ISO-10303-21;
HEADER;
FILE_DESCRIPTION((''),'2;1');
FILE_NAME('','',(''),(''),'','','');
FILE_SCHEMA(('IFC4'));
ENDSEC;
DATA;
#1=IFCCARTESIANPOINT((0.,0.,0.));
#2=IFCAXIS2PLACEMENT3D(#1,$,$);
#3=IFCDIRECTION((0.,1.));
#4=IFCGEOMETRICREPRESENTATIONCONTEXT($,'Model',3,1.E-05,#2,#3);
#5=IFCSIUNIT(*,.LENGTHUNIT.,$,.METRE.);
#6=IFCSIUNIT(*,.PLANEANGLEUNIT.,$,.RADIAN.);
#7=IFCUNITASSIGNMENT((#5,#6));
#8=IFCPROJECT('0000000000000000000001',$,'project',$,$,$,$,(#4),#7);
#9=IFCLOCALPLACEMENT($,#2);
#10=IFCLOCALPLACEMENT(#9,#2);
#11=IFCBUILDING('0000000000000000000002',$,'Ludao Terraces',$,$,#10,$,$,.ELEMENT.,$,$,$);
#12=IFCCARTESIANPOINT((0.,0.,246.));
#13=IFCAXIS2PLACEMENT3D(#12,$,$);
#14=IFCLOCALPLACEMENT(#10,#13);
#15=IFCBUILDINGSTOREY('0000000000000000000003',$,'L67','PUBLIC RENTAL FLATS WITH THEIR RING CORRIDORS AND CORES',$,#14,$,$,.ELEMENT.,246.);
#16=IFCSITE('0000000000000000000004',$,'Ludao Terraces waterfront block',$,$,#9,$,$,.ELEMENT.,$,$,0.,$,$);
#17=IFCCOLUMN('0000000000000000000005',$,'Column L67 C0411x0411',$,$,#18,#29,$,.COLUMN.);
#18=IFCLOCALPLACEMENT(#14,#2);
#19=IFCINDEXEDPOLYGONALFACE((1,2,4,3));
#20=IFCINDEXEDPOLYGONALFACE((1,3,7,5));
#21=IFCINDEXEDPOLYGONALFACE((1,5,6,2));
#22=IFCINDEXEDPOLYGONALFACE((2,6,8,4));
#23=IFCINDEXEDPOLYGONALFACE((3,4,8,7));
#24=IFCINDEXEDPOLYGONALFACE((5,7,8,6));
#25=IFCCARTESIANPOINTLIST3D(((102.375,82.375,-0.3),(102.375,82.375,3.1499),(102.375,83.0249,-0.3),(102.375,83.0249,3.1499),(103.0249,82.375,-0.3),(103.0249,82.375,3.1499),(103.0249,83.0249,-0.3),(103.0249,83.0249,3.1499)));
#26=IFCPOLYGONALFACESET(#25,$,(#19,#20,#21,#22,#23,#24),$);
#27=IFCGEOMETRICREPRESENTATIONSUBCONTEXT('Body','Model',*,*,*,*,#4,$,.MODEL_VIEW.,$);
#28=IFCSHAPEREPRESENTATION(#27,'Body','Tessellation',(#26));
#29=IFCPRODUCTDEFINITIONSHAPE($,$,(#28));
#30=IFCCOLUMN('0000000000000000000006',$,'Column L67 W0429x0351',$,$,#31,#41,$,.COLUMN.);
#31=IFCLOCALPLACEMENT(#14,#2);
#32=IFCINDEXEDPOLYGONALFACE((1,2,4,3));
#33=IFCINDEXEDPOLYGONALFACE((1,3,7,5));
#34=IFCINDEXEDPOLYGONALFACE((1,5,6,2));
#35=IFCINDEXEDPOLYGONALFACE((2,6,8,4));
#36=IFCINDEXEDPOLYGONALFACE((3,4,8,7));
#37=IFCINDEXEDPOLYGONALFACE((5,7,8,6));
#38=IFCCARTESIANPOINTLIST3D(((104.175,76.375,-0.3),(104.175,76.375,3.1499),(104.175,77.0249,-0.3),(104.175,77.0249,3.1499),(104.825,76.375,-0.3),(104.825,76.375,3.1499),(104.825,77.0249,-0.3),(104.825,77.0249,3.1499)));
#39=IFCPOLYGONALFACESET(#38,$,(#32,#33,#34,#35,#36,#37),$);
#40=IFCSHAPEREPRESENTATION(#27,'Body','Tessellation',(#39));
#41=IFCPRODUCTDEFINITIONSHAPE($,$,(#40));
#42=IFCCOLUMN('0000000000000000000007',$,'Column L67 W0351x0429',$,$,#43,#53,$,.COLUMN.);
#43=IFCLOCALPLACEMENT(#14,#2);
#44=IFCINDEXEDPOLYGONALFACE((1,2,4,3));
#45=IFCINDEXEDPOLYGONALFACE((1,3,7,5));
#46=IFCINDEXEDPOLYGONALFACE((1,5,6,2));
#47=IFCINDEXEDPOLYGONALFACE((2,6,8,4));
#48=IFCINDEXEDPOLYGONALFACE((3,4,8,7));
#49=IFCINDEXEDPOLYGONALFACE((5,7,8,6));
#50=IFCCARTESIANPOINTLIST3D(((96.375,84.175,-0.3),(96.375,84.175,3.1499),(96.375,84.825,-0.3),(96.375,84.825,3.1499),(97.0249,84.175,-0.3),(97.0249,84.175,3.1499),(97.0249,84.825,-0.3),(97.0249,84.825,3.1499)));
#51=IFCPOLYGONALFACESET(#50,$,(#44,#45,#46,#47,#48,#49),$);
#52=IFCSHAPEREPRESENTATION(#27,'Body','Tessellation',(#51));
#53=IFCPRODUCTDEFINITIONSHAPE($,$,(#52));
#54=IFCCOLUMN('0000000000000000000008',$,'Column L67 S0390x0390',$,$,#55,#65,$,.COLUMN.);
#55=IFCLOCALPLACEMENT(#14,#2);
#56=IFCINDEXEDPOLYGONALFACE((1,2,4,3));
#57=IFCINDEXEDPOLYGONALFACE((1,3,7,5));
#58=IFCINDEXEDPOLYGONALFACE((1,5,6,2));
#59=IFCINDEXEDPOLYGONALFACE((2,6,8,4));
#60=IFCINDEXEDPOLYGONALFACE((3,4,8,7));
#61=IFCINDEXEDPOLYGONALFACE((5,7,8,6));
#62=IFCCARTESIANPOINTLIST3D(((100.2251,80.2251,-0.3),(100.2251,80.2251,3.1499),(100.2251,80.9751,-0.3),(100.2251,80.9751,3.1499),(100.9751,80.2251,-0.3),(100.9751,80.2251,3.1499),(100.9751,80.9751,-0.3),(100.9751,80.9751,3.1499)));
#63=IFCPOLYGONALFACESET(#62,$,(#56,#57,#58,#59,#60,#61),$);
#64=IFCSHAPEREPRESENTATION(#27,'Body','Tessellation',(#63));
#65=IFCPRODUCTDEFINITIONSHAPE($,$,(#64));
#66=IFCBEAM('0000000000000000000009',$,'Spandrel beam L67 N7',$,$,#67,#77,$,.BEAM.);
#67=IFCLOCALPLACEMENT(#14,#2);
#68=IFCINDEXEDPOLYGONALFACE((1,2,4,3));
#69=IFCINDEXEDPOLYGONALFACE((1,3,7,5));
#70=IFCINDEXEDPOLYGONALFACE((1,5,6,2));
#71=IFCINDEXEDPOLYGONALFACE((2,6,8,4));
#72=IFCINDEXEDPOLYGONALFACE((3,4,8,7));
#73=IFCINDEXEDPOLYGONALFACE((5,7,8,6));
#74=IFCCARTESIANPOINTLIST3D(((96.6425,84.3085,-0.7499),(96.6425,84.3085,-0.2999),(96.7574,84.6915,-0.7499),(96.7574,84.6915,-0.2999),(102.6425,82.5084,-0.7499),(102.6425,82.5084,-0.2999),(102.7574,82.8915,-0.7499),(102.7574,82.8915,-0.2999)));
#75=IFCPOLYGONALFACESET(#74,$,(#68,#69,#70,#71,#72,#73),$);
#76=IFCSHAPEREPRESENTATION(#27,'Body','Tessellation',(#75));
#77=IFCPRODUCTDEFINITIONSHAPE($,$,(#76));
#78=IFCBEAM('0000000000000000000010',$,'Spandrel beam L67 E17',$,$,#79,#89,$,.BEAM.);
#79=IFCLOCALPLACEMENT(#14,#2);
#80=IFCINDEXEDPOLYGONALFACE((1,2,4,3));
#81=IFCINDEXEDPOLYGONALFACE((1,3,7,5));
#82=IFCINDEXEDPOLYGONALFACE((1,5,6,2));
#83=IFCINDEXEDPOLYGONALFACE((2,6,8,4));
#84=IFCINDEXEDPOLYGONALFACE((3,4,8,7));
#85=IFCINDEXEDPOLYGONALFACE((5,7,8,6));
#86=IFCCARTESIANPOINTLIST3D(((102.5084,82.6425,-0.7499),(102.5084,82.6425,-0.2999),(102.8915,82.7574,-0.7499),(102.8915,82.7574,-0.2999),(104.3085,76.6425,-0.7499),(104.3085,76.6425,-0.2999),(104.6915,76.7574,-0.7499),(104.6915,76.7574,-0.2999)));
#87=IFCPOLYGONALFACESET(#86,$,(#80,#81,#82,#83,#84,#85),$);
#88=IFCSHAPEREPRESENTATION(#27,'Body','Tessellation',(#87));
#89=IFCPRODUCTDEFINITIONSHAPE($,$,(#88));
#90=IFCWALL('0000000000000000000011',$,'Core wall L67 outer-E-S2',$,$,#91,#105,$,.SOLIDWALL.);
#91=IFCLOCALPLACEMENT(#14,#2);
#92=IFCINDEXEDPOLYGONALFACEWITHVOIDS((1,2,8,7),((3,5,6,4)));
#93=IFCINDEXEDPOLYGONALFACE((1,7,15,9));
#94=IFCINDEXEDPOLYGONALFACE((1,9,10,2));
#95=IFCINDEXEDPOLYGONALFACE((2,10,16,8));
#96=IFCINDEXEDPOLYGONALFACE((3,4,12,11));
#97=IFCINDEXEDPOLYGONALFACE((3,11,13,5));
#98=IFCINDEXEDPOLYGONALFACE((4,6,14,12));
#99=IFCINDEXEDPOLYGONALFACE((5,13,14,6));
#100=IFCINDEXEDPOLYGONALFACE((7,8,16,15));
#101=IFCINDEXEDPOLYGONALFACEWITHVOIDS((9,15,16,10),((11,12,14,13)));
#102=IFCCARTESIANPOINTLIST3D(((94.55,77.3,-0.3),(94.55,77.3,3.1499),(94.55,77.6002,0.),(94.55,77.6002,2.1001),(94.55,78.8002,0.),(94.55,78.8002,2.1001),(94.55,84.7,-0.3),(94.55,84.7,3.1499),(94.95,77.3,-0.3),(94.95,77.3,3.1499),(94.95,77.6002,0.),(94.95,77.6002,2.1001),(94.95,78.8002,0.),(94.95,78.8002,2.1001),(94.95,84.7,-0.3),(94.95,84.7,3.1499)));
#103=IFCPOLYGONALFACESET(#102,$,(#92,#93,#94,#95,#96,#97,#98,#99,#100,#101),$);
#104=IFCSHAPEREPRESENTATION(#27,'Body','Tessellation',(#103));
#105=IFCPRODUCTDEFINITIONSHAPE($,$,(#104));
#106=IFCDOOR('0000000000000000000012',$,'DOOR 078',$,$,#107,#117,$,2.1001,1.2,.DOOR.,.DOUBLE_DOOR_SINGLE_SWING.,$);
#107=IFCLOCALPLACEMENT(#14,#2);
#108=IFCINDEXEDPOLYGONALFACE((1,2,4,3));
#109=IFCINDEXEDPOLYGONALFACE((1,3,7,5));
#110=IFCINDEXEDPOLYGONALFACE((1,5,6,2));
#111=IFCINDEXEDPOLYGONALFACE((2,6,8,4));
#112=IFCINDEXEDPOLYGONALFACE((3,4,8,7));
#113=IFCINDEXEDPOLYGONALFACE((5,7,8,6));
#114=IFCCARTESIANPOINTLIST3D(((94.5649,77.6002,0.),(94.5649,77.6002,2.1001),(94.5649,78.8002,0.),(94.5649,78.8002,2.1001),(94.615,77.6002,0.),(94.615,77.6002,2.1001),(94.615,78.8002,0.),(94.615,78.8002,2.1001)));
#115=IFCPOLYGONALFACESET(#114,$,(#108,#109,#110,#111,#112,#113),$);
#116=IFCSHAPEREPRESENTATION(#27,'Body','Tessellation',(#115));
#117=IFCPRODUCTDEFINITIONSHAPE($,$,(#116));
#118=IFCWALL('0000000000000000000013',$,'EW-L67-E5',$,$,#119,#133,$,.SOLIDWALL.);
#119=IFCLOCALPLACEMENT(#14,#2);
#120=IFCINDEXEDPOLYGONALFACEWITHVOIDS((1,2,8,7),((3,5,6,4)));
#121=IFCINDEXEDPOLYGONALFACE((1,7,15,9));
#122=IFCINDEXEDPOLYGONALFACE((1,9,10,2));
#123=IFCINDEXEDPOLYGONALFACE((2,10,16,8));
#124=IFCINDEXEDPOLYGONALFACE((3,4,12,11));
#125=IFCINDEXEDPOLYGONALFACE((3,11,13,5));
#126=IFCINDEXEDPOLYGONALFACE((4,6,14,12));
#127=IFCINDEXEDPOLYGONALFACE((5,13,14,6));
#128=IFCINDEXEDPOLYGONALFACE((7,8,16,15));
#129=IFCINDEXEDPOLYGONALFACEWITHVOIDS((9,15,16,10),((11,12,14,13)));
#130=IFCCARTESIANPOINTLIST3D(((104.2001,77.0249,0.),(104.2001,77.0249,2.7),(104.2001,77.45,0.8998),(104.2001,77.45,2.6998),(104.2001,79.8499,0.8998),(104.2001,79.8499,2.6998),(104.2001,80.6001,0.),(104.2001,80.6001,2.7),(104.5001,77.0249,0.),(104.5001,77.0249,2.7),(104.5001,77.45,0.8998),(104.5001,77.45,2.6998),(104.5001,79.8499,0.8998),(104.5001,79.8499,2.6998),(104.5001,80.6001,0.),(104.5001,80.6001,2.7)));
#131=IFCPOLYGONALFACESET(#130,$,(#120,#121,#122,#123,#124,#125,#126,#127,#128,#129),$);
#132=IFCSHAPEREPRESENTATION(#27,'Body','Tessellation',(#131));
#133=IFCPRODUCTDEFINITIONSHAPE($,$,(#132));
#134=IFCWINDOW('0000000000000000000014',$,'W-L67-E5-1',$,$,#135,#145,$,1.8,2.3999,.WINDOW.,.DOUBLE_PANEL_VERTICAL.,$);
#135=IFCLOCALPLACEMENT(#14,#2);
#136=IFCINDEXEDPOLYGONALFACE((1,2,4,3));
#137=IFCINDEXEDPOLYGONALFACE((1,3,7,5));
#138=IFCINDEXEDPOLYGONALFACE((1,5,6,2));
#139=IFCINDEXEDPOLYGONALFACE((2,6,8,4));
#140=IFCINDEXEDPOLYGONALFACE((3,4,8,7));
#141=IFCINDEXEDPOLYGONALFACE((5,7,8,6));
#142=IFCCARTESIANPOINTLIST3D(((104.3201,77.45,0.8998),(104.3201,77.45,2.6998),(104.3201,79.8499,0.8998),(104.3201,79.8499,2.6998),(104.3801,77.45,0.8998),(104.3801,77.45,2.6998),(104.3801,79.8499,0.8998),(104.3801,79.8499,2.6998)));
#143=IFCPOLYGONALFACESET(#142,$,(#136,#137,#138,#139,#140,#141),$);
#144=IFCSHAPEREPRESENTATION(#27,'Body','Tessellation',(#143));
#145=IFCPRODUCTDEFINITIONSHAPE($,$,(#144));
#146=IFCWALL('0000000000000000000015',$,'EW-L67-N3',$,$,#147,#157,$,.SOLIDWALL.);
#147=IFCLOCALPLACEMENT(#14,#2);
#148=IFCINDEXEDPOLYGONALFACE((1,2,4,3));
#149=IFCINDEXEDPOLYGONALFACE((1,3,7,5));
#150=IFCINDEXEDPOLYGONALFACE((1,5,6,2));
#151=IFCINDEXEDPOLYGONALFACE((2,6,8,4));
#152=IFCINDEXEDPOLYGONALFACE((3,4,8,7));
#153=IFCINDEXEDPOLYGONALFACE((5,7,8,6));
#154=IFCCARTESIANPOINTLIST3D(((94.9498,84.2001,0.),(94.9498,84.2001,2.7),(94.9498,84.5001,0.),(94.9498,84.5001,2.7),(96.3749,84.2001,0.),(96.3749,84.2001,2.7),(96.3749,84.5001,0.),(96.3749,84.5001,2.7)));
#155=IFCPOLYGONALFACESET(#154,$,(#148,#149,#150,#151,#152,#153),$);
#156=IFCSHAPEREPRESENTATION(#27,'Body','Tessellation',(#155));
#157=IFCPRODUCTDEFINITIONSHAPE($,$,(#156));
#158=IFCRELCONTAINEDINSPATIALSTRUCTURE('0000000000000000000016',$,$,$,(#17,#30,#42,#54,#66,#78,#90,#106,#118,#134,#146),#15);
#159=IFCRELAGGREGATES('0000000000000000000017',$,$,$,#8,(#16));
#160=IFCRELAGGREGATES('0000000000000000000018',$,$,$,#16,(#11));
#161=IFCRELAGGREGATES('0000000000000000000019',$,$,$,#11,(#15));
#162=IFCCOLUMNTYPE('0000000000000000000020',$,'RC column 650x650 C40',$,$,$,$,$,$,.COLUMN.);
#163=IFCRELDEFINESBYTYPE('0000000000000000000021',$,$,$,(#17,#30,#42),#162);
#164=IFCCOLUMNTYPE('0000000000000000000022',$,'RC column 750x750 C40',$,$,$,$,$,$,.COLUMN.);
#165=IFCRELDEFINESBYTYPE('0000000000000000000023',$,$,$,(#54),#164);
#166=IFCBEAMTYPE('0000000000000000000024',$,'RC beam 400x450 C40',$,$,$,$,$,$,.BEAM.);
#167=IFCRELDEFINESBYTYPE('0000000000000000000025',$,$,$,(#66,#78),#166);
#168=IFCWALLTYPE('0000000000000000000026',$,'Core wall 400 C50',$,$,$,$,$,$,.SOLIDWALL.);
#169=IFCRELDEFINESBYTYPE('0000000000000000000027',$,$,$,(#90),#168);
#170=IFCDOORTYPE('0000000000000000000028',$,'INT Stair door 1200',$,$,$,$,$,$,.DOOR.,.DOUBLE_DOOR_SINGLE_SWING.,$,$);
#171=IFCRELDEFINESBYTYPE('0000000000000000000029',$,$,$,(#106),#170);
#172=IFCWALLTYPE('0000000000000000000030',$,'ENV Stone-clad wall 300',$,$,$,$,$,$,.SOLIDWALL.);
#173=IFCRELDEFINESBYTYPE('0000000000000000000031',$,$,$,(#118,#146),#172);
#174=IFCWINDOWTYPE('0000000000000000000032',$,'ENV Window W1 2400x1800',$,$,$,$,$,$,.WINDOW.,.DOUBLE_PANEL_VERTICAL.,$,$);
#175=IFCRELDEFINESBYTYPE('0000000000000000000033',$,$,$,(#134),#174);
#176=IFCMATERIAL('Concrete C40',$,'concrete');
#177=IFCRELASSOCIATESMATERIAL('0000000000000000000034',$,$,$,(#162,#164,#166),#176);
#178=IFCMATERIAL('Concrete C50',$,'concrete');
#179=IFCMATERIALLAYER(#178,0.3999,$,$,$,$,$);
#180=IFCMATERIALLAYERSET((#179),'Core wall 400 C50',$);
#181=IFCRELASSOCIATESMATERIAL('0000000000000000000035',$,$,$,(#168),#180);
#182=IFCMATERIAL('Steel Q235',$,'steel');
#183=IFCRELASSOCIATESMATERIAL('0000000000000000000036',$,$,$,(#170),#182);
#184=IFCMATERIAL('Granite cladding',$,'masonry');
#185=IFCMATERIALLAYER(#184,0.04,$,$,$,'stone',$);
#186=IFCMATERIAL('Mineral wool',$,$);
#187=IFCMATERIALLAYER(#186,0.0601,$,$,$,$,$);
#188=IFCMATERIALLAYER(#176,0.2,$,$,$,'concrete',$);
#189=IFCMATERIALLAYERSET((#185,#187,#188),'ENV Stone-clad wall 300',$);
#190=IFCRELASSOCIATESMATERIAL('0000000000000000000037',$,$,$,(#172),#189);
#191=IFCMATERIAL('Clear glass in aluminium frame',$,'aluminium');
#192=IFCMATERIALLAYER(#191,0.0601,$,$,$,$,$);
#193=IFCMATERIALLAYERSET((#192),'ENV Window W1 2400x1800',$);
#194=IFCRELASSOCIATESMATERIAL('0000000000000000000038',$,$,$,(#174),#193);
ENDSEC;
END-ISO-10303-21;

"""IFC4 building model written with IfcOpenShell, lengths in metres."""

from ifc_helpers import new_model, si_unit, direction, frame, frame_2d, origin, origin_2d, place, context, subcontext, project, spatial, rectangle, extrude, material, layer, layer_set, material_profile, profile_set, type_object, element, fill, save


model = new_model("IFC4")

# Units and contexts
model_context = context("Model", 3, precision=1e-05, world=origin(), true_north=direction((0.0, 1.0)))
body_context = subcontext(model_context, "Body", "Model", "MODEL_VIEW")
ifc_project = project(units=[si_unit("LENGTHUNIT", "METRE"), si_unit("PLANEANGLEUNIT", "RADIAN")], contexts=[model_context])

# Site, building, storey
site_placement = place(None, origin())
site = spatial("IfcSite", under=ifc_project, at=site_placement, Name="Ludao Terraces waterfront block", CompositionType="ELEMENT", RefElevation=0.0)
building_placement = place(site_placement, origin())
building = spatial("IfcBuilding", under=site, at=building_placement, Name="Ludao Terraces", CompositionType="ELEMENT")
storey_placement = place(building_placement, frame((0.0, 0.0, 246.0)))
storey = spatial("IfcBuildingStorey", under=building, at=storey_placement, Name="L67", Description="PUBLIC RENTAL FLATS WITH THEIR RING CORRIDORS AND CORES", CompositionType="ELEMENT", Elevation=246.0)

# Columns
ifc_material_1 = material(Name="Concrete C40", Category="concrete")
ifc_material_profile_1 = material_profile(ifc_material_1, rectangle(XDim=0.6499, YDim=0.6499, at=origin_2d()), Name="650 X 650")
ifc_profile_set_1 = profile_set([ifc_material_profile_1], Name="Concrete C40")
column_type_1 = type_object("IfcColumnType", Name="RC column 650x650 C40", PredefinedType="COLUMN", material=ifc_profile_set_1)
for number, where, z_axis, x_axis, name in (
    (1, (102.7, 82.7, -0.3), (0.0, 0.0, 1.0), (1.0, 0.0, 0.0), "Column L67 C0411x0411"),
    (2, (104.5, 76.7, -0.3), (0.0, 0.0, 1.0), (1.0, 0.0, 0.0), "Column L67 W0429x0351"),
    (3, (96.7, 84.5, -0.3), (0.0, 0.0, 1.0), (1.0, 0.0, 0.0), "Column L67 W0351x0429"),
):
    element("IfcColumn", number, at=place(storey_placement, frame(where, z_axis=z_axis, x_axis=x_axis)), inside=storey, type_object=column_type_1, Name=name, PredefinedType="COLUMN", context=body_context, shape_type="SweptSolid", body=[
        extrude(rectangle(XDim=0.6499, YDim=0.6499, at=origin_2d()), origin(), (0.0, 0.0, 1.0), 3.45),
    ])
ifc_material_profile_2 = material_profile(ifc_material_1, rectangle(XDim=0.75, YDim=0.75, at=origin_2d()), Name="750 X 750")
ifc_profile_set_2 = profile_set([ifc_material_profile_2], Name="Concrete C40")
column_type_2 = type_object("IfcColumnType", Name="RC column 750x750 C40", PredefinedType="COLUMN", material=ifc_profile_set_2)
column_placement = place(storey_placement, frame((100.6001, 80.6001, -0.3), z_axis=(0.0, 0.0, 1.0), x_axis=(1.0, 0.0, 0.0)))
element("IfcColumn", 4, at=column_placement, inside=storey, type_object=column_type_2, Name="Column L67 S0390x0390", PredefinedType="COLUMN", context=body_context, shape_type="SweptSolid", body=[
    extrude(rectangle(XDim=0.75, YDim=0.75, at=origin_2d()), origin(), (0.0, 0.0, 1.0), 3.45),
])

# Beams
ifc_material_profile_3 = material_profile(ifc_material_1, rectangle(XDim=0.3999, YDim=0.45, at=origin_2d()), Name="400 X 450")
ifc_profile_set_3 = profile_set([ifc_material_profile_3], Name="Concrete C40")
beam_type = type_object("IfcBeamType", Name="RC beam 400x450 C40", PredefinedType="BEAM", material=ifc_profile_set_3)
for number, where, z_axis, x_axis, name in (
    (5, (96.7, 84.5, -0.5249), (0.957824, -0.287355, 0.0), (0.287355, 0.957824, 0.0), "Spandrel beam L67 N7"),
    (6, (104.5, 76.7, -0.5249), (-0.287355, 0.957824, 0.0), (-0.957824, -0.287355, 0.0), "Spandrel beam L67 E17"),
):
    element("IfcBeam", number, at=place(storey_placement, frame(where, z_axis=z_axis, x_axis=x_axis)), inside=storey, type_object=beam_type, Name=name, PredefinedType="BEAM", context=body_context, shape_type="SweptSolid", body=[
        extrude(rectangle(XDim=0.3999, YDim=0.45, at=origin_2d()), origin(), (0.0, 0.0, 1.0), 6.2642),
    ])

# Wall, opening, door
ifc_material_2 = material(Name="Concrete C50", Category="concrete")
ifc_layer_1 = layer(ifc_material_2, 0.3999)
ifc_layer_set_1 = layer_set([ifc_layer_1], Name="Core wall 400 C50")
wall_type_1 = type_object("IfcWallType", Name="Core wall 400 C50", PredefinedType="SOLIDWALL", material=ifc_layer_set_1)
wall_1_placement = place(storey_placement, frame((94.75, 77.3, -0.3), z_axis=(0.0, 0.0, 1.0), x_axis=(0.0, 1.0, 0.0)))
wall_1 = element("IfcWall", 7, at=wall_1_placement, inside=storey, type_object=wall_type_1, Name="Core wall L67 outer-E-S2", PredefinedType="SOLIDWALL", context=body_context, shape_type="SweptSolid", body=[
    extrude(rectangle(XDim=7.3999, YDim=0.3999, at=frame_2d((3.7, 0.0))), origin(), (0.0, 0.0, 1.0), 3.45),
])
opening_1_placement = place(wall_1_placement, frame((0.3, 0.0, 0.3)))
opening_1 = element("IfcOpeningElement", 8, at=opening_1_placement, cuts=wall_1, PredefinedType="OPENING", context=body_context, shape_type="SweptSolid", body=[
    extrude(rectangle(XDim=1.2, YDim=2.1001, at=frame_2d((0.6001, 1.05))), frame((0.0, 0.21, 0.0), z_axis=(0.0, -1.0, 0.0), x_axis=(1.0, 0.0, 0.0)), (0.0, 0.0, 1.0), 0.4199),
])
ifc_material_3 = material(Name="Steel Q235", Category="steel")
door_type_1 = type_object("IfcDoorType", Name="INT Stair door 1200", OperationType="DOUBLE_DOOR_SINGLE_SWING", PredefinedType="DOOR", material=ifc_material_3)
door_1_placement = place(opening_1_placement, origin())
door_1 = element("IfcDoor", 9, at=door_1_placement, inside=storey, type_object=door_type_1, Name="DOOR 078", OperationType="DOUBLE_DOOR_SINGLE_SWING", OverallHeight=2.1001, OverallWidth=1.2, PredefinedType="DOOR", context=body_context, shape_type="SweptSolid", body=[
    extrude(rectangle(XDim=1.2, YDim=2.1001, at=frame_2d((0.6001, 1.05))), frame((0.0, 0.1851, 0.0), z_axis=(0.0, -1.0, 0.0), x_axis=(1.0, 0.0, 0.0)), (0.0, 0.0, 1.0), 0.05),
])
fill(opening_1, door_1)

# Wall, opening, window
ifc_material_4 = material(Name="Granite cladding", Category="masonry")
ifc_layer_2 = layer(ifc_material_4, 0.04, Category="stone")
ifc_material_5 = material(Name="Mineral wool")
ifc_layer_3 = layer(ifc_material_5, 0.0601)
ifc_layer_4 = layer(ifc_material_1, 0.2, Category="concrete")
ifc_layer_set_2 = layer_set([ifc_layer_2, ifc_layer_3, ifc_layer_4], Name="ENV Stone-clad wall 300")
wall_type_2 = type_object("IfcWallType", Name="ENV Stone-clad wall 300", PredefinedType="SOLIDWALL", material=ifc_layer_set_2)
wall_2_placement = place(storey_placement, frame((104.3501, 77.0249, 0.0), z_axis=(0.0, 0.0, 1.0), x_axis=(0.0, 1.0, 0.0)))
wall_2 = element("IfcWall", 10, at=wall_2_placement, inside=storey, type_object=wall_type_2, Name="EW-L67-E5", PredefinedType="SOLIDWALL", context=body_context, shape_type="SweptSolid", body=[
    extrude(rectangle(XDim=3.5752, YDim=0.3, at=frame_2d((1.7876, 0.0))), origin(), (0.0, 0.0, 1.0), 2.7),
])
opening_2_placement = place(wall_2_placement, frame((0.425, 0.0, 0.8999)))
opening_2 = element("IfcOpeningElement", 11, at=opening_2_placement, cuts=wall_2, PredefinedType="OPENING", context=body_context, shape_type="SweptSolid", body=[
    extrude(rectangle(XDim=2.3999, YDim=1.8, at=frame_2d((1.2, 0.8999))), frame((0.0, 0.1602, 0.0), z_axis=(0.0, -1.0, 0.0), x_axis=(1.0, 0.0, 0.0)), (0.0, 0.0, 1.0), 0.3201),
])
ifc_material_6 = material(Name="Clear glass in aluminium frame", Category="aluminium")
ifc_layer_5 = layer(ifc_material_6, 0.0601)
ifc_layer_set_3 = layer_set([ifc_layer_5], Name="ENV Window W1 2400x1800")
window_type_1 = type_object("IfcWindowType", Name="ENV Window W1 2400x1800", PartitioningType="DOUBLE_PANEL_VERTICAL", PredefinedType="WINDOW", material=ifc_layer_set_3)
window_1_placement = place(opening_2_placement, origin())
window_1 = element("IfcWindow", 12, at=window_1_placement, inside=storey, type_object=window_type_1, Name="W-L67-E5-1", OverallHeight=1.8, OverallWidth=2.3999, PartitioningType="DOUBLE_PANEL_VERTICAL", PredefinedType="WINDOW", context=body_context, shape_type="SweptSolid", body=[
    extrude(rectangle(XDim=2.3999, YDim=1.8, at=frame_2d((1.2, 0.8999))), frame((0.0, 0.03, 0.0), z_axis=(0.0, -1.0, 0.0), x_axis=(1.0, 0.0, 0.0)), (0.0, 0.0, 1.0), 0.0601),
])
fill(opening_2, window_1)

# Wall
wall_3_placement = place(storey_placement, frame((94.95, 84.3501, 0.0), z_axis=(0.0, 0.0, 1.0), x_axis=(1.0, 0.0, 0.0)))
element("IfcWall", 13, at=wall_3_placement, inside=storey, type_object=wall_type_2, Name="EW-L67-N3", PredefinedType="SOLIDWALL", context=body_context, shape_type="SweptSolid", body=[
    extrude(rectangle(XDim=1.425, YDim=0.3, at=frame_2d((0.7124, 0.0))), origin(), (0.0, 0.0, 1.0), 2.7),
])

save(model, "model.ifc")
